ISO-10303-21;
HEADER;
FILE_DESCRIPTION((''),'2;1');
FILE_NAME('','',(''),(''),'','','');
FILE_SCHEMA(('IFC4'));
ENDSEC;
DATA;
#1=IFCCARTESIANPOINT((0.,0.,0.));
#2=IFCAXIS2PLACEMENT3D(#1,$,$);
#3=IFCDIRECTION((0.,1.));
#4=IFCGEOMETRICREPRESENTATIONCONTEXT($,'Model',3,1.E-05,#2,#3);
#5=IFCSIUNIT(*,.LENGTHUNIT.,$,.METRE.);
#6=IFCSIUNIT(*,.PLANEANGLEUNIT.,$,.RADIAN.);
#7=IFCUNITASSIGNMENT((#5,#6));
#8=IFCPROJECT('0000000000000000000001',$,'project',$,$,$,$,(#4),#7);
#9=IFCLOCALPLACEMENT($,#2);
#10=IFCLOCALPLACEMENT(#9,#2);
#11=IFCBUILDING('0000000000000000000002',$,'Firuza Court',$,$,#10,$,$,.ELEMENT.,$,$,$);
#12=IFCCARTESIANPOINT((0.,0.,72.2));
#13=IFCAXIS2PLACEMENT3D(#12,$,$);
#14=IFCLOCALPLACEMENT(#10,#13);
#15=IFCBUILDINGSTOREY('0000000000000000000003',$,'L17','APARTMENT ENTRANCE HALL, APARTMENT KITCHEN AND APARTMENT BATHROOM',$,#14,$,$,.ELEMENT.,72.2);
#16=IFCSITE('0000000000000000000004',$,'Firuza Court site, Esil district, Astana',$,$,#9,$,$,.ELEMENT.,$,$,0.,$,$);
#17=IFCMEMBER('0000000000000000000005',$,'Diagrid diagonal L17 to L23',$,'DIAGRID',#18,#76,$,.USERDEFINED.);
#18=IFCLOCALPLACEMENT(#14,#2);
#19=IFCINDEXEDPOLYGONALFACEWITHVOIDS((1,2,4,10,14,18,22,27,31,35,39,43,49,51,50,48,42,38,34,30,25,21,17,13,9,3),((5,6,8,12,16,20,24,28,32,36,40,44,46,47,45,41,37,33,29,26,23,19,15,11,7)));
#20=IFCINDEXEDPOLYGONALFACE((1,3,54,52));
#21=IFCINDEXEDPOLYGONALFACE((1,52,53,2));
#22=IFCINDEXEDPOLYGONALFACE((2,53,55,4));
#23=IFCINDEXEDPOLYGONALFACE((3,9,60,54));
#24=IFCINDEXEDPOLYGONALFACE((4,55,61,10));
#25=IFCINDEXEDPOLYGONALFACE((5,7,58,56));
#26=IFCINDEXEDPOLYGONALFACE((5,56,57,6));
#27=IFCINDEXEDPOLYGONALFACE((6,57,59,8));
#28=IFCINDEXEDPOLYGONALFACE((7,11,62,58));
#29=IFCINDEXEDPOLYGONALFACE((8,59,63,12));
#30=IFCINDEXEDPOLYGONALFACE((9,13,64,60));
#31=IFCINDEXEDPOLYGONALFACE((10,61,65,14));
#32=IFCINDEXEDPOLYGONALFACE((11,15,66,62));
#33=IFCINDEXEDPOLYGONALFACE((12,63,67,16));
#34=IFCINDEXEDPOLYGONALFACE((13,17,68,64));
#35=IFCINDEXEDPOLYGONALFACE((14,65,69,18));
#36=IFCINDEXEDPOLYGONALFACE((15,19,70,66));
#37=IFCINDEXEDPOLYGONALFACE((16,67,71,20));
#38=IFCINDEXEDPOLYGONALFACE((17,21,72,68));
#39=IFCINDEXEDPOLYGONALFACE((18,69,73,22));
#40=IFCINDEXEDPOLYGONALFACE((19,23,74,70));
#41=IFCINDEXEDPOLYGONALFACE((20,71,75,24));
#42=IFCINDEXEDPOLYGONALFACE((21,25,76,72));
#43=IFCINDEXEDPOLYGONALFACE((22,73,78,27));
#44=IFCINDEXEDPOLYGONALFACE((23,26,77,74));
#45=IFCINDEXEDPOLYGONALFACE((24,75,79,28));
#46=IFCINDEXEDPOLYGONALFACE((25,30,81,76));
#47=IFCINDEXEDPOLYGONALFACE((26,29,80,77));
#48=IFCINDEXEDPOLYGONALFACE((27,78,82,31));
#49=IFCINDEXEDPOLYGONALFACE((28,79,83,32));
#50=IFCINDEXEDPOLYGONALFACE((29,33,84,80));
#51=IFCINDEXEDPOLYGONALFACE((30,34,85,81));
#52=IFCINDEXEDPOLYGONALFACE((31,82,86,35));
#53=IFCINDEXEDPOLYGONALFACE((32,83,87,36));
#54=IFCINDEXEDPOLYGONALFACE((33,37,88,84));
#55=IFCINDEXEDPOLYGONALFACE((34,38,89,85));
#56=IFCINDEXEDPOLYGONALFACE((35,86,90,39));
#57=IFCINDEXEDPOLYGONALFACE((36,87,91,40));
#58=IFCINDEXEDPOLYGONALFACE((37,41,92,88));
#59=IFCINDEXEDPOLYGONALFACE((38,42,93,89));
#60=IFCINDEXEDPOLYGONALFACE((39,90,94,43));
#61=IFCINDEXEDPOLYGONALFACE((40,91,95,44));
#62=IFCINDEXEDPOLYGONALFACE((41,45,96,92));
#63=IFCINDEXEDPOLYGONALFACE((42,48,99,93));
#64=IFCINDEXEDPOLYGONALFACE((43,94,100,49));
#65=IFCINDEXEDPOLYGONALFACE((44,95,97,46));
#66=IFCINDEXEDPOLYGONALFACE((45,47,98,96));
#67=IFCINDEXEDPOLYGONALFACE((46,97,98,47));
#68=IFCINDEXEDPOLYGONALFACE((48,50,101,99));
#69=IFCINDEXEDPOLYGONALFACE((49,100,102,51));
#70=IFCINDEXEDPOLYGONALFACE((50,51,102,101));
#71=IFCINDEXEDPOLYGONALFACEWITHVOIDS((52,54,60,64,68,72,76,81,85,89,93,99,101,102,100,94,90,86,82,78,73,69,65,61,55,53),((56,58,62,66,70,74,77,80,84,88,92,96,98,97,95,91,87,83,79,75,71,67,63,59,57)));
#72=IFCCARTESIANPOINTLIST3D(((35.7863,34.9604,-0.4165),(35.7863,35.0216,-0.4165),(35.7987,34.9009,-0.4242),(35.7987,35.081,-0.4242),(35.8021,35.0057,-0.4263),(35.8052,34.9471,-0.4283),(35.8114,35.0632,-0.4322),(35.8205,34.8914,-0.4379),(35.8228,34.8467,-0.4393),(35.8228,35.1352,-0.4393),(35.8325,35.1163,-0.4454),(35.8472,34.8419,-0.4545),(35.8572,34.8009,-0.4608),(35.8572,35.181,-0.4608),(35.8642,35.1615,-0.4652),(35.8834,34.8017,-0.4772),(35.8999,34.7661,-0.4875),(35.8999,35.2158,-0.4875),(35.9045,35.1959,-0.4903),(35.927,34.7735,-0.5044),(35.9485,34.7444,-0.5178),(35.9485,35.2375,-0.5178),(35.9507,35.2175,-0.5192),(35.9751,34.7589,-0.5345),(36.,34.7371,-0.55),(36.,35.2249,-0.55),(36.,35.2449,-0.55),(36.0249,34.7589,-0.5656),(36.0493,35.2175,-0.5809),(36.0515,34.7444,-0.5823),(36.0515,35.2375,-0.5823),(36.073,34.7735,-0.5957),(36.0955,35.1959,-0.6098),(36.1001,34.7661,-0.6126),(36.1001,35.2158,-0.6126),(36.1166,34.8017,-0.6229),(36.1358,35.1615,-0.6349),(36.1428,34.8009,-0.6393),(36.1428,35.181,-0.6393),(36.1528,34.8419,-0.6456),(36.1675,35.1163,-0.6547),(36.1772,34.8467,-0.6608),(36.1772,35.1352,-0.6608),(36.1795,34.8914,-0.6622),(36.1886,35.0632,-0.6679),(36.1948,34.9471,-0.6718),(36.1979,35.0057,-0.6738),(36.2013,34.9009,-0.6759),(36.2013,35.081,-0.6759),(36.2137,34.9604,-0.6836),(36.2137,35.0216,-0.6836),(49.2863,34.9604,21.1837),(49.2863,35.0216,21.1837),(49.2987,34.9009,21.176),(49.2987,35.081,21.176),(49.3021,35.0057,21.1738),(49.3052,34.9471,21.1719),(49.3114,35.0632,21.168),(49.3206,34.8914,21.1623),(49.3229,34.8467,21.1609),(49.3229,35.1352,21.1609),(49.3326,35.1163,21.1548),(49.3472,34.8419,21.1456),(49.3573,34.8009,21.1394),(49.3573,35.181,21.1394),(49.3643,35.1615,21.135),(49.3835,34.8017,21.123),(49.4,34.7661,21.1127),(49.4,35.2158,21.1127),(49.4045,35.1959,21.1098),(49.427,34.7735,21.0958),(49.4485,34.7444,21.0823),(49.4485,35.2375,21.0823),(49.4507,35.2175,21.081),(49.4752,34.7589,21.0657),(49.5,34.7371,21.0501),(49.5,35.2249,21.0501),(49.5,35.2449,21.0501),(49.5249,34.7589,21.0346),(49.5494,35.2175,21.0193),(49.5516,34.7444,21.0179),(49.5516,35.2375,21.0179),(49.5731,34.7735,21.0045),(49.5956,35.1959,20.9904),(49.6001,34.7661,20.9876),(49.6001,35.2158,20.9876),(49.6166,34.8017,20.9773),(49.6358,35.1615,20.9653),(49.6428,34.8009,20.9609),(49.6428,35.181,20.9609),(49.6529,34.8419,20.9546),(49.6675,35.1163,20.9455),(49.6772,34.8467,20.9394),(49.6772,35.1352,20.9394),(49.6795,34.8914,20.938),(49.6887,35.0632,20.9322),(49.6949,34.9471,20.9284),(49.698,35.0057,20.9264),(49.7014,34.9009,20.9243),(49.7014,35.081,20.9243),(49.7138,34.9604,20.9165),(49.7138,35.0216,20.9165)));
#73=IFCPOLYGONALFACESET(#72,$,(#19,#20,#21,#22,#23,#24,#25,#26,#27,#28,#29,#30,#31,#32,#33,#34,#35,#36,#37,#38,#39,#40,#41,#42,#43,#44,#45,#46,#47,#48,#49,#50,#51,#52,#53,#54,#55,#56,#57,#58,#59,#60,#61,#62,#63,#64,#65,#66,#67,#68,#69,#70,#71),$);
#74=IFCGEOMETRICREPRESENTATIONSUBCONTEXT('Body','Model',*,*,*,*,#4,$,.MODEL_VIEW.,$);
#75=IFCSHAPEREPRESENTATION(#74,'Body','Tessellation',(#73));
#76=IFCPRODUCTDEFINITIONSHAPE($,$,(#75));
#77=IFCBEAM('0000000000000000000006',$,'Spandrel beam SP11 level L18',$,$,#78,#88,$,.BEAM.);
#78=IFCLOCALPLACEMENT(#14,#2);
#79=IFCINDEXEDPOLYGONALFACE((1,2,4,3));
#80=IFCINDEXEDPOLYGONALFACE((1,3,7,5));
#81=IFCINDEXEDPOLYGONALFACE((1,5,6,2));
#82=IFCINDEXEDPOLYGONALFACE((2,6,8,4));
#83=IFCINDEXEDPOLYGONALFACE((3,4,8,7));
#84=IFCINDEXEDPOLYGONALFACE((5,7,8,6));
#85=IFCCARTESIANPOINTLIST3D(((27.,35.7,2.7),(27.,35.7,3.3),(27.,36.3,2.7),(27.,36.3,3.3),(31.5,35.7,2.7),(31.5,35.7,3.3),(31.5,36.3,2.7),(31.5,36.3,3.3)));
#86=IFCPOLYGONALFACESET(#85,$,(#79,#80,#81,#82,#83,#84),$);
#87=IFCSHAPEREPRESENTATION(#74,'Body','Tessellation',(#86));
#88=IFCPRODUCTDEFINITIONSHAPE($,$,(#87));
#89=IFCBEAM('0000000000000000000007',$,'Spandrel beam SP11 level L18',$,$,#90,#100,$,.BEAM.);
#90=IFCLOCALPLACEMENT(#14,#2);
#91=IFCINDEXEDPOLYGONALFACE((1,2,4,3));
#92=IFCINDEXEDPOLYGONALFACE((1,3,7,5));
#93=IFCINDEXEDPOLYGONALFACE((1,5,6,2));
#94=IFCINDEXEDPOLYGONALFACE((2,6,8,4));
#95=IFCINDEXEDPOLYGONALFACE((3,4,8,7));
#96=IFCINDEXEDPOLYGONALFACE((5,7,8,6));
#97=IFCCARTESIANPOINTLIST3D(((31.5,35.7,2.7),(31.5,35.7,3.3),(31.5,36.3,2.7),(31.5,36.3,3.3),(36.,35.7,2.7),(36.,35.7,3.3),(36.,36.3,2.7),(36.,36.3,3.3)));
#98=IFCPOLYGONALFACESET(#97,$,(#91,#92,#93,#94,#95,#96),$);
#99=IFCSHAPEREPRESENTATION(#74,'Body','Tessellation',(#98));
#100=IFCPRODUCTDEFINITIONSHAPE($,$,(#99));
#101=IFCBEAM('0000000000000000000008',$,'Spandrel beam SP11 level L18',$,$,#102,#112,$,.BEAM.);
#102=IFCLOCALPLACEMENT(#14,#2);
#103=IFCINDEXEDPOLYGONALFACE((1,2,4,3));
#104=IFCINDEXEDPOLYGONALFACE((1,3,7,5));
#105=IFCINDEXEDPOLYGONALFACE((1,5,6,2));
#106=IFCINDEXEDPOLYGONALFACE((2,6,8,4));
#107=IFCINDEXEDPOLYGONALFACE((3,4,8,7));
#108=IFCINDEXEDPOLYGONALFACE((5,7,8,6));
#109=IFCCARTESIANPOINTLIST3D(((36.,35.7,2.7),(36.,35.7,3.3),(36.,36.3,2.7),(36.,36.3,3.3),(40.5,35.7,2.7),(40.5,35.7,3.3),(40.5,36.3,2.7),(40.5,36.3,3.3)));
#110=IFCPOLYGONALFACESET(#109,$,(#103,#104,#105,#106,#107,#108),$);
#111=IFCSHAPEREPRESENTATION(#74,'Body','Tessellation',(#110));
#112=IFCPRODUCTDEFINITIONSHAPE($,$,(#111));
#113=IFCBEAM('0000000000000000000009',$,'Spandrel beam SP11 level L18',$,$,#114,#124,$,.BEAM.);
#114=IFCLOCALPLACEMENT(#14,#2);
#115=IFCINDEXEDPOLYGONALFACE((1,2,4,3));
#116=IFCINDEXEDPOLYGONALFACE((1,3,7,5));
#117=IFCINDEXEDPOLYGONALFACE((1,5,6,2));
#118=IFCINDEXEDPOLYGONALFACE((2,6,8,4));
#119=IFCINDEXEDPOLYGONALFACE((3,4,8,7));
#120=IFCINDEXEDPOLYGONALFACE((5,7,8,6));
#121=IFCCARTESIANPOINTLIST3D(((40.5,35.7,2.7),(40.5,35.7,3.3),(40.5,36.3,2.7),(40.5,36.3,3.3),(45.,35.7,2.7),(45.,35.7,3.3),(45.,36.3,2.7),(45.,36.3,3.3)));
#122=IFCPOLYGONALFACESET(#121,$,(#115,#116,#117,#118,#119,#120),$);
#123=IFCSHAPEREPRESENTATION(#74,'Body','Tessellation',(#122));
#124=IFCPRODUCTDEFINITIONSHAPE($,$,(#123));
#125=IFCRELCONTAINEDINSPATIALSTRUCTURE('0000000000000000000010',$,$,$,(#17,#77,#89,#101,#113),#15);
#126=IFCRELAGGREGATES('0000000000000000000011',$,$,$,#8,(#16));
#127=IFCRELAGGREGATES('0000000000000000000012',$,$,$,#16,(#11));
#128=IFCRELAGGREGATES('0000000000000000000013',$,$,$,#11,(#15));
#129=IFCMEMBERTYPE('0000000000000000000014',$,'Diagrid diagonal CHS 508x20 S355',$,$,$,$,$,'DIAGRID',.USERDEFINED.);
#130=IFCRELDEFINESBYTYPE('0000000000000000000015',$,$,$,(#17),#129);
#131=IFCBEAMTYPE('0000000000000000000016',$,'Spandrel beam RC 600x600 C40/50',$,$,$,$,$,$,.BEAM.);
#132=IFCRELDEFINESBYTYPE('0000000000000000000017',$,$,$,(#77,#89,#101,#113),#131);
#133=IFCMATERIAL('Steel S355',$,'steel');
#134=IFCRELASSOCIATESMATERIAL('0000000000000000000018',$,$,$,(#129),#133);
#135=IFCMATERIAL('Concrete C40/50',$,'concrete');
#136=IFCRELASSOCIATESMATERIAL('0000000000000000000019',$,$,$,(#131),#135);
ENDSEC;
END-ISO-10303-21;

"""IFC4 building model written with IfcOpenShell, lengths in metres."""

from ifc_helpers import new_model, si_unit, direction, frame, origin, origin_2d, place, context, subcontext, project, spatial, rectangle, hollow_circle, extrude, material, material_profile, profile_set, type_object, element, save


model = new_model("IFC4")

# Units and contexts
model_context = context("Model", 3, precision=1e-05, world=origin(), true_north=direction((0.0, 1.0)))
body_context = subcontext(model_context, "Body", "Model", "MODEL_VIEW")
ifc_project = project(units=[si_unit("LENGTHUNIT", "METRE"), si_unit("PLANEANGLEUNIT", "RADIAN")], contexts=[model_context])

# Site, building, storey
site_placement = place(None, origin())
site = spatial("IfcSite", under=ifc_project, at=site_placement, Name="Firuza Court site, Esil district, Astana", CompositionType="ELEMENT", RefElevation=0.0)
building_placement = place(site_placement, origin())
building = spatial("IfcBuilding", under=site, at=building_placement, Name="Firuza Court", CompositionType="ELEMENT")
storey_placement = place(building_placement, frame((0.0, 0.0, 72.2)))
storey = spatial("IfcBuildingStorey", under=building, at=storey_placement, Name="L17", Description="APARTMENT ENTRANCE HALL, APARTMENT KITCHEN AND APARTMENT BATHROOM", CompositionType="ELEMENT", Elevation=72.2)

# Member
ifc_material_1 = material(Name="Steel S355", Category="steel")
ifc_material_profile_1 = material_profile(ifc_material_1, hollow_circle(Radius=0.2539, WallThickness=0.02, at=origin_2d()), Name="CHS 508x20")
ifc_profile_set_1 = profile_set([ifc_material_profile_1], Name="Steel S355")
member_type = type_object("IfcMemberType", Name="Diagrid diagonal CHS 508x20 S355", ElementType="DIAGRID", PredefinedType="USERDEFINED", material=ifc_profile_set_1)
member_1_placement = place(storey_placement, frame((36.0, 34.991, -0.55), z_axis=(0.529997, 0.0, 0.847999), x_axis=(0.0, 1.0, 0.0)))
element("IfcMember", 1, at=member_1_placement, inside=storey, type_object=member_type, Name="Diagrid diagonal L17 to L23", ObjectType="DIAGRID", PredefinedType="USERDEFINED", context=body_context, shape_type="SweptSolid", body=[
    extrude(hollow_circle(Radius=0.2539, WallThickness=0.02, at=origin_2d()), origin(), (0.0, 0.0, 1.0), 25.4719),
])

# Beams
ifc_material_2 = material(Name="Concrete C40/50", Category="concrete")
ifc_material_profile_2 = material_profile(ifc_material_2, rectangle(XDim=0.6001, YDim=0.6001, at=origin_2d()), Name="RC 600x600")
ifc_profile_set_2 = profile_set([ifc_material_profile_2], Name="Concrete C40/50")
beam_type_1 = type_object("IfcBeamType", Name="Spandrel beam RC 600x600 C40/50", PredefinedType="BEAM", material=ifc_profile_set_2)
for number, where, z_axis, x_axis, name in (
    (2, (27.0, 36.0, 3.0), (1.0, 0.0, 0.0), (0.0, 1.0, 0.0), "Spandrel beam SP11 level L18"),
    (3, (31.5, 36.0, 3.0), (1.0, 0.0, 0.0), (0.0, 1.0, 0.0), "Spandrel beam SP11 level L18"),
    (4, (36.0, 36.0, 3.0), (1.0, 0.0, 0.0), (0.0, 1.0, 0.0), "Spandrel beam SP11 level L18"),
    (5, (40.5, 36.0, 3.0), (1.0, 0.0, 0.0), (0.0, 1.0, 0.0), "Spandrel beam SP11 level L18"),
):
    element("IfcBeam", number, at=place(storey_placement, frame(where, z_axis=z_axis, x_axis=x_axis)), inside=storey, type_object=beam_type_1, Name=name, PredefinedType="BEAM", context=body_context, shape_type="SweptSolid", body=[
        extrude(rectangle(XDim=0.6001, YDim=0.6001, at=origin_2d()), origin(), (0.0, 0.0, 1.0), 4.5),
    ])

save(model, "model.ifc")
